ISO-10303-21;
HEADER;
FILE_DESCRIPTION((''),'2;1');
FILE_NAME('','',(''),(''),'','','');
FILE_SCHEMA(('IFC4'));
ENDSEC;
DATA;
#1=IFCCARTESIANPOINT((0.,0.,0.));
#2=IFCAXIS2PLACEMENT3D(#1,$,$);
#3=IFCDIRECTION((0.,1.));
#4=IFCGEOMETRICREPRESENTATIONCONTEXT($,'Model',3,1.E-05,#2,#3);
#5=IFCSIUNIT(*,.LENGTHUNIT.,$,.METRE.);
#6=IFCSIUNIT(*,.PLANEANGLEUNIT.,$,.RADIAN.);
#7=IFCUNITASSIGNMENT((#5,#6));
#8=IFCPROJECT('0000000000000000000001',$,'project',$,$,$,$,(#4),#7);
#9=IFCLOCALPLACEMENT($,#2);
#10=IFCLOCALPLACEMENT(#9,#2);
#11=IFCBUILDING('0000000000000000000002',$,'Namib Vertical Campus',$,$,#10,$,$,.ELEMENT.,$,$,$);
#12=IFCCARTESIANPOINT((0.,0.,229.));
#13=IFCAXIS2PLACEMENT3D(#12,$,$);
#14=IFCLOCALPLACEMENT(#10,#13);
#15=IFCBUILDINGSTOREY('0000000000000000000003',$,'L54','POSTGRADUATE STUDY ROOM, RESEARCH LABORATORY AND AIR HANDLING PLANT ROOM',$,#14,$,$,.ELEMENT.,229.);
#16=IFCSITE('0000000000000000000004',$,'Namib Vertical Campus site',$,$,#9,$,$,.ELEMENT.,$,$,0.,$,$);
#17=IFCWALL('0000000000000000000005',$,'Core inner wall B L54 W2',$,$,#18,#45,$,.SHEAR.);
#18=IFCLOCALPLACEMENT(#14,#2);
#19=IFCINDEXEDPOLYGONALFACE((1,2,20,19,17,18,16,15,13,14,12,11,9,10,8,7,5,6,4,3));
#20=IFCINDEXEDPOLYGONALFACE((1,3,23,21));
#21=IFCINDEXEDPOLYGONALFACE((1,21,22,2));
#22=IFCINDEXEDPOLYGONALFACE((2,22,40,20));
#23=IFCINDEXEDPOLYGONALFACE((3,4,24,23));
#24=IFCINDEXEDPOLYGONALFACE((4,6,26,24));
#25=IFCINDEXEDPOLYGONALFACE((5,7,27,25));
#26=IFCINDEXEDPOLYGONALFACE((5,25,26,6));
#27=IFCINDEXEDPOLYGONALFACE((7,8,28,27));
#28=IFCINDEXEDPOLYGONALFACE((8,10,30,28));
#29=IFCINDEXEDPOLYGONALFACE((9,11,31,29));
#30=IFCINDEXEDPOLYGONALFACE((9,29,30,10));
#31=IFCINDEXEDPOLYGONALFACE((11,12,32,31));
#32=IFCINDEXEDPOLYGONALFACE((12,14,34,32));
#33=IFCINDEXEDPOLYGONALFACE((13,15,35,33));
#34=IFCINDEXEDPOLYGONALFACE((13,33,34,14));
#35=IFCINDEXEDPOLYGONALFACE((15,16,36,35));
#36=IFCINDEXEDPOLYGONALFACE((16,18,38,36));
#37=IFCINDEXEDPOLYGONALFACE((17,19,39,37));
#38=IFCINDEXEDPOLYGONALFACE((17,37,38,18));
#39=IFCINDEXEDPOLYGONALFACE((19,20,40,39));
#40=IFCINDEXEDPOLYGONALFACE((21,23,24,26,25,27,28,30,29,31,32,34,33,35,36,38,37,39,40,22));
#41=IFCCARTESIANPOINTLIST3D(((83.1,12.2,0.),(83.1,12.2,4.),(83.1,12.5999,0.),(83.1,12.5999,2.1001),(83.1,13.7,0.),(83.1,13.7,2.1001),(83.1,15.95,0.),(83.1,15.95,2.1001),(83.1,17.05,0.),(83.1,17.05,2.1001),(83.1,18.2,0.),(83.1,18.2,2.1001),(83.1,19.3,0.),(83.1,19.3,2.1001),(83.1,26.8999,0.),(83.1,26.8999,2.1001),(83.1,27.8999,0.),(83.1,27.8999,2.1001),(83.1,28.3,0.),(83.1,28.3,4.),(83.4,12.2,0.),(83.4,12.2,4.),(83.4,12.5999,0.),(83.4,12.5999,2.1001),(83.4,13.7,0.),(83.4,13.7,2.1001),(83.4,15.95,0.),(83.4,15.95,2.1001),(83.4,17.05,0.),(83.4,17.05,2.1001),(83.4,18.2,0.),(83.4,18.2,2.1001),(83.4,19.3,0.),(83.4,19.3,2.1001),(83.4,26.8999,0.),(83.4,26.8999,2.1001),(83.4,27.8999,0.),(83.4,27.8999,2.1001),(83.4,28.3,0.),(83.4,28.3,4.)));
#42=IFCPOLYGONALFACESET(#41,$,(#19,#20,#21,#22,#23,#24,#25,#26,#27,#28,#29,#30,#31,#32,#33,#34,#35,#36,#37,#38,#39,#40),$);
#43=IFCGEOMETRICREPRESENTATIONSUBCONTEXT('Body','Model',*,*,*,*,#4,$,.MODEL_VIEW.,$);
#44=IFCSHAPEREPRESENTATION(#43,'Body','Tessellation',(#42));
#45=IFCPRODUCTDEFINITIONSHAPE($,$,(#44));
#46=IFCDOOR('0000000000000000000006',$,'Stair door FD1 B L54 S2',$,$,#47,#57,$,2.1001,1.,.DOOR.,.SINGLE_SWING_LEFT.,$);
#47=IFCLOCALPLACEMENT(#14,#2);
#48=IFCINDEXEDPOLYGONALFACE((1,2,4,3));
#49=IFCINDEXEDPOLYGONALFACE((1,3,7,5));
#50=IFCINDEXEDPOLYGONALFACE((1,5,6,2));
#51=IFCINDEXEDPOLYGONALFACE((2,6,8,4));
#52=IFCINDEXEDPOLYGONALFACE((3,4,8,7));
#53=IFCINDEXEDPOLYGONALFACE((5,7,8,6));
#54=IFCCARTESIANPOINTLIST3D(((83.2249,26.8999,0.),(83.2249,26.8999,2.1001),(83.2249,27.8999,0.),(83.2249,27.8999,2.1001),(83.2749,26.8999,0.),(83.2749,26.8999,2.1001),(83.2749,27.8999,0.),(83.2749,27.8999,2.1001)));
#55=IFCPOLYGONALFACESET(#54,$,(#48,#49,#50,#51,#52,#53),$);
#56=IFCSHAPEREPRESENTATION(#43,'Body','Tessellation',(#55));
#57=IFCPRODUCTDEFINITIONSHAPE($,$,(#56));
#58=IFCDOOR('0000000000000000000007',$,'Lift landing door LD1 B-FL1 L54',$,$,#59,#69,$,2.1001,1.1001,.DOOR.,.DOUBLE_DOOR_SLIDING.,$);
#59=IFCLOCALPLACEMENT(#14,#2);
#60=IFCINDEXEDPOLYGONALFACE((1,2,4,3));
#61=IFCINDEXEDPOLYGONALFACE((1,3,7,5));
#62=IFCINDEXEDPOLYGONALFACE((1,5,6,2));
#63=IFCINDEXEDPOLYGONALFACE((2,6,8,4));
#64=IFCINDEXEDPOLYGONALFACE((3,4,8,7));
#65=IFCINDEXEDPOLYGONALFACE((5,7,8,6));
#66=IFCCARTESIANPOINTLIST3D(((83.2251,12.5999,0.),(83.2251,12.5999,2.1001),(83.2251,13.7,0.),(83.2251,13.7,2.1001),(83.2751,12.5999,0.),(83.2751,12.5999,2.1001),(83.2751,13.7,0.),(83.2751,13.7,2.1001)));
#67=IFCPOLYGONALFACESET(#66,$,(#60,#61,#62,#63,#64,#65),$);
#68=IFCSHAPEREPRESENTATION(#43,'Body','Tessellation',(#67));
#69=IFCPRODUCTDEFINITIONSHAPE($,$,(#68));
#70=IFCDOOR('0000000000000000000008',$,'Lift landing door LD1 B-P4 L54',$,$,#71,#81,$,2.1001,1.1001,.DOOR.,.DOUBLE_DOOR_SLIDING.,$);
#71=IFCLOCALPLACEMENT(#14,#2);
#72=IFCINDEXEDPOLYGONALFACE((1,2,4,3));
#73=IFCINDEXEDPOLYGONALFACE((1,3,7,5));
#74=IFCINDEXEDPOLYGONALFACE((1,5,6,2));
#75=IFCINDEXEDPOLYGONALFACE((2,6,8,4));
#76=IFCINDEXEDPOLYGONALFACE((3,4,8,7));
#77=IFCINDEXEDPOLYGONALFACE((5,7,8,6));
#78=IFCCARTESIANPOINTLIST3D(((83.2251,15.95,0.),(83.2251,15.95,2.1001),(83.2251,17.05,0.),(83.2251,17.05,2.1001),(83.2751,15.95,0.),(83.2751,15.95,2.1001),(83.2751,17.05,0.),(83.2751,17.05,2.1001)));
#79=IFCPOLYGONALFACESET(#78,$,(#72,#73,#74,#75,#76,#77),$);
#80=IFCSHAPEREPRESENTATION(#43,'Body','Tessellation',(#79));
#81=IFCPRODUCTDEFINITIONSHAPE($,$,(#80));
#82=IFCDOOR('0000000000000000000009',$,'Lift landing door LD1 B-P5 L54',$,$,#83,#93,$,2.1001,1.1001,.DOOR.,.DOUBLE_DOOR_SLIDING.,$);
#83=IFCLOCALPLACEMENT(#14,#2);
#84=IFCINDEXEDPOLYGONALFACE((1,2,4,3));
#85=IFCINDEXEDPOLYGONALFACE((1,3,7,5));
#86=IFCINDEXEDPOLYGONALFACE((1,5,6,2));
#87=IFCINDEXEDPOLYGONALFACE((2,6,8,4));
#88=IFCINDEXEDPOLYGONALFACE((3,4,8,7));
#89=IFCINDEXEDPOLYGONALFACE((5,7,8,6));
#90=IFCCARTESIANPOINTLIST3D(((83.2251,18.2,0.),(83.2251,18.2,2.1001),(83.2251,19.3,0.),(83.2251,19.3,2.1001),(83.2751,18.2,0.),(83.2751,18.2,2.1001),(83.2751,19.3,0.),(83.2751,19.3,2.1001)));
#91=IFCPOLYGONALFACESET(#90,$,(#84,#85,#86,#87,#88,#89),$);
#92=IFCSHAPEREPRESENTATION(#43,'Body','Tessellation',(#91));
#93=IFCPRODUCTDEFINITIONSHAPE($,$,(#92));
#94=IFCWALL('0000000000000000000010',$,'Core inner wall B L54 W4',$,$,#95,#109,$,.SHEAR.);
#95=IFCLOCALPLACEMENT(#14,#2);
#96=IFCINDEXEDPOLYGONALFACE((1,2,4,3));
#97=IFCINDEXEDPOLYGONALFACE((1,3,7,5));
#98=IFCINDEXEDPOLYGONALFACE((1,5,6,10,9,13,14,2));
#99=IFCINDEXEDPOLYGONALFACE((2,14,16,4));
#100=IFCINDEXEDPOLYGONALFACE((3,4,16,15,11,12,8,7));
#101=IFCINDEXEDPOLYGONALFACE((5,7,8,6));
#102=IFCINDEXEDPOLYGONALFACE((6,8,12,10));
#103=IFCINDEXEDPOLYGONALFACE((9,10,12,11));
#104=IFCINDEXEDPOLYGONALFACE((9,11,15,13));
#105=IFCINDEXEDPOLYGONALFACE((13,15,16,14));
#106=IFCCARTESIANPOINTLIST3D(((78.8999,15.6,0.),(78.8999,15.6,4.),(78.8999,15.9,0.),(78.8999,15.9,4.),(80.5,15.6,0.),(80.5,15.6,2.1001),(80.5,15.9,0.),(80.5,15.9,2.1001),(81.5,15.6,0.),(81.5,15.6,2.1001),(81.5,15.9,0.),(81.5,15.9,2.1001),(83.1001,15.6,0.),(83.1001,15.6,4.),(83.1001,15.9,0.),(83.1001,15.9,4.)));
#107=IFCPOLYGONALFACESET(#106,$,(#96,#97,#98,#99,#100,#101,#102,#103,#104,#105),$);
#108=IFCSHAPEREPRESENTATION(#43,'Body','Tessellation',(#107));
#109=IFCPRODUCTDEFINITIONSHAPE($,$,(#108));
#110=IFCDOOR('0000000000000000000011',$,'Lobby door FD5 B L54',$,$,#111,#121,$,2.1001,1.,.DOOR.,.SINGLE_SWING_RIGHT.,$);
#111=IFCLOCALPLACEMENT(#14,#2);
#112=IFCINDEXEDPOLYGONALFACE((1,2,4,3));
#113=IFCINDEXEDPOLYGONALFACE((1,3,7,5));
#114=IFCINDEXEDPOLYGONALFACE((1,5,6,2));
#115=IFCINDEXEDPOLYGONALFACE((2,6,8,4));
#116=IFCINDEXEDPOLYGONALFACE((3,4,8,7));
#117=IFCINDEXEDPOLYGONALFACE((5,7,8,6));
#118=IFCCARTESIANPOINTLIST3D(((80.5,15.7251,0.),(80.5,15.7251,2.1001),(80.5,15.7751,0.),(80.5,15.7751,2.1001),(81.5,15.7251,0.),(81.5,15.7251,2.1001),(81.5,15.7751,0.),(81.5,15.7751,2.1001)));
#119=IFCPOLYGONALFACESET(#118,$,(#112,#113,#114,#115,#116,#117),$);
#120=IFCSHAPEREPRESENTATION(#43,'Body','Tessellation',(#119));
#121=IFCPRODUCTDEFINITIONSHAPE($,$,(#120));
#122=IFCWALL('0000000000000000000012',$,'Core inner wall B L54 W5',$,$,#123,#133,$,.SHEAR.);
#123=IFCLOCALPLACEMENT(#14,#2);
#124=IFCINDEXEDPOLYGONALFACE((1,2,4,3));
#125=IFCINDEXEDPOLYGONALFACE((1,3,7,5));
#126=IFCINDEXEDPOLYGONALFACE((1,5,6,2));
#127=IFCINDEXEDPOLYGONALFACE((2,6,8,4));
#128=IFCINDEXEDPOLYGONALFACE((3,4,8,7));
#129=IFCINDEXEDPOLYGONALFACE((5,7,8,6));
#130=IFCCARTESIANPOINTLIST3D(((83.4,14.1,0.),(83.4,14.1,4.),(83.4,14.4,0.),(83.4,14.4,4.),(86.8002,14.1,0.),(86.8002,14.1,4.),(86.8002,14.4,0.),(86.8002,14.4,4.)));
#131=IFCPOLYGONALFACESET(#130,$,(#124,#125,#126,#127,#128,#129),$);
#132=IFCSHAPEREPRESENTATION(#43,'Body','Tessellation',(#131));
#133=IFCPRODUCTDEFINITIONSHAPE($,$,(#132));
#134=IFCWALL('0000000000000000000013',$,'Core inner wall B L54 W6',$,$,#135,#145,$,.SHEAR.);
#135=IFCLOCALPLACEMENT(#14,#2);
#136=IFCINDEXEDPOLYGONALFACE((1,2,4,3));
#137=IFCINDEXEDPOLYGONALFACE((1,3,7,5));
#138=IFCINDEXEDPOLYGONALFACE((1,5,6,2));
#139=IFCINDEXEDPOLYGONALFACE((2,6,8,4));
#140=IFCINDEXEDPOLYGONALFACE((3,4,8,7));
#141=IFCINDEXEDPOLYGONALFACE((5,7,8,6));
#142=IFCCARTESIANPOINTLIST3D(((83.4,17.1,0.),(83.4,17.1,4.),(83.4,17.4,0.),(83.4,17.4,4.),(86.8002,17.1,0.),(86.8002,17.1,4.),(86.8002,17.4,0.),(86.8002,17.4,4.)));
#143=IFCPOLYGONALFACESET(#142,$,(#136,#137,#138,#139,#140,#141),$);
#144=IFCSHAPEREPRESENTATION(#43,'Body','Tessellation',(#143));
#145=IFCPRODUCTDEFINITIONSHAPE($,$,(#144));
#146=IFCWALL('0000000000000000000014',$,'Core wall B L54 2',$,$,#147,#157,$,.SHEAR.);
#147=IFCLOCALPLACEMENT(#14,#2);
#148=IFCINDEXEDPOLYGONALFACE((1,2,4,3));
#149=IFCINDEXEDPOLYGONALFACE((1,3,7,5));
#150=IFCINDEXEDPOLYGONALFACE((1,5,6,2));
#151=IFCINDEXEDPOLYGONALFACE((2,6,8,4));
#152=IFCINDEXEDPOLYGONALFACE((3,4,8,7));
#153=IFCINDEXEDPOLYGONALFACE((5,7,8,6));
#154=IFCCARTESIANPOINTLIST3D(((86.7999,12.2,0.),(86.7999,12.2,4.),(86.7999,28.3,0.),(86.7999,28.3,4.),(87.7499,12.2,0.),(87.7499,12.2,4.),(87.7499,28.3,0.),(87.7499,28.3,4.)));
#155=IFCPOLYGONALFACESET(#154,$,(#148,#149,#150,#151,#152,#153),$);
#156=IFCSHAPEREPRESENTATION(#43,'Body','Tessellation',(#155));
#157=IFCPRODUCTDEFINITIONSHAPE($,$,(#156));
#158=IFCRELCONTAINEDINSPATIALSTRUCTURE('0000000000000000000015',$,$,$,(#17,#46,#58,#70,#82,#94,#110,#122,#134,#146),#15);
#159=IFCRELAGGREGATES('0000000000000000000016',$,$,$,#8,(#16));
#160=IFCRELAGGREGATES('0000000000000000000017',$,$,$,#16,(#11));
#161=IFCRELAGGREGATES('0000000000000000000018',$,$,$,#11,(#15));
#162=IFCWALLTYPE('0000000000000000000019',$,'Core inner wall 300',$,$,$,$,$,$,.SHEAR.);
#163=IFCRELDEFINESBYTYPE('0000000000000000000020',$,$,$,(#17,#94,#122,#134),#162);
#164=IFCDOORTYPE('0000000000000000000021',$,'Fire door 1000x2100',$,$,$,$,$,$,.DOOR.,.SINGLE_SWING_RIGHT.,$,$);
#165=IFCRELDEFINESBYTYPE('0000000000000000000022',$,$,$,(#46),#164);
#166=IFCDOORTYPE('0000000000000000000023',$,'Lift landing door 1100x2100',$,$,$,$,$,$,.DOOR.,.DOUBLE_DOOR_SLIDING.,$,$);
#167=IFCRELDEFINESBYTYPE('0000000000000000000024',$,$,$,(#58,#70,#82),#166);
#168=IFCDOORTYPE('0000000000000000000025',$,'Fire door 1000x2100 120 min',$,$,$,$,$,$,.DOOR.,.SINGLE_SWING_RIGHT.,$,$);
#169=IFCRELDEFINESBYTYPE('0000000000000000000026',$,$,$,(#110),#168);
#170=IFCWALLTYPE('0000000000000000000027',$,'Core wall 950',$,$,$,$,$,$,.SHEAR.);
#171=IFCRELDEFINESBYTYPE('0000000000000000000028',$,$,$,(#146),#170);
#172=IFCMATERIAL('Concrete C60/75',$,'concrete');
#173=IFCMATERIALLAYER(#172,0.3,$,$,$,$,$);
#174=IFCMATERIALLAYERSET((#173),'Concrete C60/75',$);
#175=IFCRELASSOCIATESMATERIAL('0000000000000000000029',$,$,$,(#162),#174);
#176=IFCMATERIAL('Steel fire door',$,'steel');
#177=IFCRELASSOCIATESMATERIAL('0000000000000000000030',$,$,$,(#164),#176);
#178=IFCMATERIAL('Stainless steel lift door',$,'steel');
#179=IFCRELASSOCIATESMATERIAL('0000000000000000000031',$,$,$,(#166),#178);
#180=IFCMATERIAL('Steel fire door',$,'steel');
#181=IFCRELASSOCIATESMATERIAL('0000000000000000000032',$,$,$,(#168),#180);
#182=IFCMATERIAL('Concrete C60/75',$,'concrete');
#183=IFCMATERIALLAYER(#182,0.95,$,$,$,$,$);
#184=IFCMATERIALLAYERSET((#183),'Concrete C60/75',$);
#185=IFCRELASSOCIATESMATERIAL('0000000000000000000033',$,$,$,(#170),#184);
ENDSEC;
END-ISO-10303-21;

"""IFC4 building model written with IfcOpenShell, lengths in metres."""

from ifc_helpers import new_model, si_unit, direction, frame, frame_2d, origin, place, context, subcontext, project, spatial, rectangle, extrude, material, layer, layer_set, type_object, element, fill, save


model = new_model("IFC4")

# Units and contexts
model_context = context("Model", 3, precision=1e-05, world=origin(), true_north=direction((0.0, 1.0)))
body_context = subcontext(model_context, "Body", "Model", "MODEL_VIEW")
ifc_project = project(units=[si_unit("LENGTHUNIT", "METRE"), si_unit("PLANEANGLEUNIT", "RADIAN")], contexts=[model_context])

# Site, building, storey
site_placement = place(None, origin())
site = spatial("IfcSite", under=ifc_project, at=site_placement, Name="Namib Vertical Campus site", CompositionType="ELEMENT", RefElevation=0.0)
building_placement = place(site_placement, origin())
building = spatial("IfcBuilding", under=site, at=building_placement, Name="Namib Vertical Campus", CompositionType="ELEMENT")
storey_placement = place(building_placement, frame((0.0, 0.0, 229.0)))
storey = spatial("IfcBuildingStorey", under=building, at=storey_placement, Name="L54", Description="POSTGRADUATE STUDY ROOM, RESEARCH LABORATORY AND AIR HANDLING PLANT ROOM", CompositionType="ELEMENT", Elevation=229.0)

# Wall, openings, doors
ifc_material_1 = material(Name="Concrete C60/75", Category="concrete")
ifc_layer_1 = layer(ifc_material_1, 0.3)
ifc_layer_set_1 = layer_set([ifc_layer_1], Name="Concrete C60/75")
wall_type_1 = type_object("IfcWallType", Name="Core inner wall 300", PredefinedType="SHEAR", material=ifc_layer_set_1)
ifc_material_2 = material(Name="Steel fire door", Category="steel")
door_type_1 = type_object("IfcDoorType", Name="Fire door 1000x2100", OperationType="SINGLE_SWING_RIGHT", PredefinedType="DOOR", material=ifc_material_2)
ifc_material_3 = material(Name="Stainless steel lift door", Category="steel")
door_type_2 = type_object("IfcDoorType", Name="Lift landing door 1100x2100", OperationType="DOUBLE_DOOR_SLIDING", PredefinedType="DOOR", material=ifc_material_3)
wall_1_placement = place(storey_placement, frame((83.25, 12.2, 0.0), z_axis=(0.0, 0.0, 1.0), x_axis=(0.0, 1.0, 0.0)))
wall_1 = element("IfcWall", 1, at=wall_1_placement, inside=storey, type_object=wall_type_1, Name="Core inner wall B L54 W2", PredefinedType="SHEAR", context=body_context, shape_type="SweptSolid", body=[
    extrude(rectangle(XDim=16.1001, YDim=0.3, at=frame_2d((8.05, 0.0))), origin(), (0.0, 0.0, 1.0), 4.0),
])
opening_1_placement = place(wall_1_placement, frame((14.7, 0.0, 0.0)))
opening_1 = element("IfcOpeningElement", 2, at=opening_1_placement, cuts=wall_1, PredefinedType="OPENING", context=body_context, shape_type="SweptSolid", body=[
    extrude(rectangle(XDim=1.0, YDim=2.1001, at=frame_2d((0.5, 1.05))), frame((0.0, 0.1599, 0.0), z_axis=(0.0, -1.0, 0.0), x_axis=(1.0, 0.0, 0.0)), (0.0, 0.0, 1.0), 0.3201),
])
opening_2_placement = place(wall_1_placement, frame((0.3999, 0.0, 0.0)))
opening_2 = element("IfcOpeningElement", 3, at=opening_2_placement, cuts=wall_1, PredefinedType="OPENING", context=body_context, shape_type="SweptSolid", body=[
    extrude(rectangle(XDim=1.1001, YDim=2.1001, at=frame_2d((0.55, 1.05))), frame((0.0, 0.1599, 0.0), z_axis=(0.0, -1.0, 0.0), x_axis=(1.0, 0.0, 0.0)), (0.0, 0.0, 1.0), 0.3201),
])
opening_3_placement = place(wall_1_placement, frame((3.75, 0.0, 0.0)))
opening_3 = element("IfcOpeningElement", 4, at=opening_3_placement, cuts=wall_1, PredefinedType="OPENING", context=body_context, shape_type="SweptSolid", body=[
    extrude(rectangle(XDim=1.1001, YDim=2.1001, at=frame_2d((0.55, 1.05))), frame((0.0, 0.1599, 0.0), z_axis=(0.0, -1.0, 0.0), x_axis=(1.0, 0.0, 0.0)), (0.0, 0.0, 1.0), 0.3201),
])
opening_4_placement = place(wall_1_placement, frame((6.0, 0.0, 0.0)))
opening_4 = element("IfcOpeningElement", 5, at=opening_4_placement, cuts=wall_1, PredefinedType="OPENING", context=body_context, shape_type="SweptSolid", body=[
    extrude(rectangle(XDim=1.1001, YDim=2.1001, at=frame_2d((0.55, 1.05))), frame((0.0, 0.1599, 0.0), z_axis=(0.0, -1.0, 0.0), x_axis=(1.0, 0.0, 0.0)), (0.0, 0.0, 1.0), 0.3201),
])
door_1_placement = place(opening_1_placement, frame((1.0, 0.0, 0.0), z_axis=(0.0, 0.0, 1.0), x_axis=(-1.0, 0.0, 0.0)))
door_1 = element("IfcDoor", 6, at=door_1_placement, inside=storey, type_object=door_type_1, Name="Stair door FD1 B L54 S2", OperationType="SINGLE_SWING_LEFT", OverallHeight=2.1001, OverallWidth=1.0, PredefinedType="DOOR", context=body_context, shape_type="SweptSolid", body=[
    extrude(rectangle(XDim=1.0, YDim=2.1001, at=frame_2d((0.5, 1.05))), frame((0.0, 0.0249, 0.0), z_axis=(0.0, -1.0, 0.0), x_axis=(1.0, 0.0, 0.0)), (0.0, 0.0, 1.0), 0.05),
])
fill(opening_1, door_1)
door_2_placement = place(opening_2_placement, origin())
door_2 = element("IfcDoor", 7, at=door_2_placement, inside=storey, type_object=door_type_2, Name="Lift landing door LD1 B-FL1 L54", OperationType="DOUBLE_DOOR_SLIDING", OverallHeight=2.1001, OverallWidth=1.1001, PredefinedType="DOOR", context=body_context, shape_type="SweptSolid", body=[
    extrude(rectangle(XDim=1.1001, YDim=2.1001, at=frame_2d((0.55, 1.05))), frame((0.0, 0.0249, 0.0), z_axis=(0.0, -1.0, 0.0), x_axis=(1.0, 0.0, 0.0)), (0.0, 0.0, 1.0), 0.05),
])
fill(opening_2, door_2)
door_3_placement = place(opening_3_placement, origin())
door_3 = element("IfcDoor", 8, at=door_3_placement, inside=storey, type_object=door_type_2, Name="Lift landing door LD1 B-P4 L54", OperationType="DOUBLE_DOOR_SLIDING", OverallHeight=2.1001, OverallWidth=1.1001, PredefinedType="DOOR", context=body_context, shape_type="SweptSolid", body=[
    extrude(rectangle(XDim=1.1001, YDim=2.1001, at=frame_2d((0.55, 1.05))), frame((0.0, 0.0249, 0.0), z_axis=(0.0, -1.0, 0.0), x_axis=(1.0, 0.0, 0.0)), (0.0, 0.0, 1.0), 0.05),
])
fill(opening_3, door_3)
door_4_placement = place(opening_4_placement, origin())
door_4 = element("IfcDoor", 9, at=door_4_placement, inside=storey, type_object=door_type_2, Name="Lift landing door LD1 B-P5 L54", OperationType="DOUBLE_DOOR_SLIDING", OverallHeight=2.1001, OverallWidth=1.1001, PredefinedType="DOOR", context=body_context, shape_type="SweptSolid", body=[
    extrude(rectangle(XDim=1.1001, YDim=2.1001, at=frame_2d((0.55, 1.05))), frame((0.0, 0.0249, 0.0), z_axis=(0.0, -1.0, 0.0), x_axis=(1.0, 0.0, 0.0)), (0.0, 0.0, 1.0), 0.05),
])
fill(opening_4, door_4)

# Wall, opening, door
wall_2_placement = place(storey_placement, frame((78.8999, 15.75, 0.0), z_axis=(0.0, 0.0, 1.0), x_axis=(1.0, 0.0, 0.0)))
wall_2 = element("IfcWall", 10, at=wall_2_placement, inside=storey, type_object=wall_type_1, Name="Core inner wall B L54 W4", PredefinedType="SHEAR", context=body_context, shape_type="SweptSolid", body=[
    extrude(rectangle(XDim=4.2002, YDim=0.3, at=frame_2d((2.1001, 0.0))), origin(), (0.0, 0.0, 1.0), 4.0),
])
opening_5_placement = place(wall_2_placement, frame((1.6001, 0.0, 0.0)))
opening_5 = element("IfcOpeningElement", 11, at=opening_5_placement, cuts=wall_2, PredefinedType="OPENING", context=body_context, shape_type="SweptSolid", body=[
    extrude(rectangle(XDim=1.0, YDim=2.1001, at=frame_2d((0.5, 1.05))), frame((0.0, 0.1599, 0.0), z_axis=(0.0, -1.0, 0.0), x_axis=(1.0, 0.0, 0.0)), (0.0, 0.0, 1.0), 0.3201),
])
ifc_material_4 = material(Name="Steel fire door", Category="steel")
door_type_3 = type_object("IfcDoorType", Name="Fire door 1000x2100 120 min", OperationType="SINGLE_SWING_RIGHT", PredefinedType="DOOR", material=ifc_material_4)
door_5_placement = place(opening_5_placement, frame((1.0, 0.0, 0.0), z_axis=(0.0, 0.0, 1.0), x_axis=(-1.0, 0.0, 0.0)))
door_5 = element("IfcDoor", 12, at=door_5_placement, inside=storey, type_object=door_type_3, Name="Lobby door FD5 B L54", OperationType="SINGLE_SWING_RIGHT", OverallHeight=2.1001, OverallWidth=1.0, PredefinedType="DOOR", context=body_context, shape_type="SweptSolid", body=[
    extrude(rectangle(XDim=1.0, YDim=2.1001, at=frame_2d((0.5, 1.05))), frame((0.0, 0.0249, 0.0), z_axis=(0.0, -1.0, 0.0), x_axis=(1.0, 0.0, 0.0)), (0.0, 0.0, 1.0), 0.05),
])
fill(opening_5, door_5)

# Walls
for number, where, z_axis, x_axis, name in (
    (13, (83.3999, 14.25, 0.0), (0.0, 0.0, 1.0), (1.0, 0.0, 0.0), "Core inner wall B L54 W5"),
    (14, (83.3999, 17.25, 0.0), (0.0, 0.0, 1.0), (1.0, 0.0, 0.0), "Core inner wall B L54 W6"),
):
    element("IfcWall", number, at=place(storey_placement, frame(where, z_axis=z_axis, x_axis=x_axis)), inside=storey, type_object=wall_type_1, Name=name, PredefinedType="SHEAR", context=body_context, shape_type="SweptSolid", body=[
        extrude(rectangle(XDim=3.4001, YDim=0.3, at=frame_2d((1.7002, 0.0))), origin(), (0.0, 0.0, 1.0), 4.0),
    ])
ifc_material_5 = material(Name="Concrete C60/75", Category="concrete")
ifc_layer_2 = layer(ifc_material_5, 0.95)
ifc_layer_set_2 = layer_set([ifc_layer_2], Name="Concrete C60/75")
wall_type_2 = type_object("IfcWallType", Name="Core wall 950", PredefinedType="SHEAR", material=ifc_layer_set_2)
wall_3_placement = place(storey_placement, frame((87.2749, 12.2, 0.0), z_axis=(0.0, 0.0, 1.0), x_axis=(0.0, 1.0, 0.0)))
element("IfcWall", 15, at=wall_3_placement, inside=storey, type_object=wall_type_2, Name="Core wall B L54 2", PredefinedType="SHEAR", context=body_context, shape_type="SweptSolid", body=[
    extrude(rectangle(XDim=16.1001, YDim=0.95, at=frame_2d((8.05, 0.0))), origin(), (0.0, 0.0, 1.0), 4.0),
])

save(model, "model.ifc")
